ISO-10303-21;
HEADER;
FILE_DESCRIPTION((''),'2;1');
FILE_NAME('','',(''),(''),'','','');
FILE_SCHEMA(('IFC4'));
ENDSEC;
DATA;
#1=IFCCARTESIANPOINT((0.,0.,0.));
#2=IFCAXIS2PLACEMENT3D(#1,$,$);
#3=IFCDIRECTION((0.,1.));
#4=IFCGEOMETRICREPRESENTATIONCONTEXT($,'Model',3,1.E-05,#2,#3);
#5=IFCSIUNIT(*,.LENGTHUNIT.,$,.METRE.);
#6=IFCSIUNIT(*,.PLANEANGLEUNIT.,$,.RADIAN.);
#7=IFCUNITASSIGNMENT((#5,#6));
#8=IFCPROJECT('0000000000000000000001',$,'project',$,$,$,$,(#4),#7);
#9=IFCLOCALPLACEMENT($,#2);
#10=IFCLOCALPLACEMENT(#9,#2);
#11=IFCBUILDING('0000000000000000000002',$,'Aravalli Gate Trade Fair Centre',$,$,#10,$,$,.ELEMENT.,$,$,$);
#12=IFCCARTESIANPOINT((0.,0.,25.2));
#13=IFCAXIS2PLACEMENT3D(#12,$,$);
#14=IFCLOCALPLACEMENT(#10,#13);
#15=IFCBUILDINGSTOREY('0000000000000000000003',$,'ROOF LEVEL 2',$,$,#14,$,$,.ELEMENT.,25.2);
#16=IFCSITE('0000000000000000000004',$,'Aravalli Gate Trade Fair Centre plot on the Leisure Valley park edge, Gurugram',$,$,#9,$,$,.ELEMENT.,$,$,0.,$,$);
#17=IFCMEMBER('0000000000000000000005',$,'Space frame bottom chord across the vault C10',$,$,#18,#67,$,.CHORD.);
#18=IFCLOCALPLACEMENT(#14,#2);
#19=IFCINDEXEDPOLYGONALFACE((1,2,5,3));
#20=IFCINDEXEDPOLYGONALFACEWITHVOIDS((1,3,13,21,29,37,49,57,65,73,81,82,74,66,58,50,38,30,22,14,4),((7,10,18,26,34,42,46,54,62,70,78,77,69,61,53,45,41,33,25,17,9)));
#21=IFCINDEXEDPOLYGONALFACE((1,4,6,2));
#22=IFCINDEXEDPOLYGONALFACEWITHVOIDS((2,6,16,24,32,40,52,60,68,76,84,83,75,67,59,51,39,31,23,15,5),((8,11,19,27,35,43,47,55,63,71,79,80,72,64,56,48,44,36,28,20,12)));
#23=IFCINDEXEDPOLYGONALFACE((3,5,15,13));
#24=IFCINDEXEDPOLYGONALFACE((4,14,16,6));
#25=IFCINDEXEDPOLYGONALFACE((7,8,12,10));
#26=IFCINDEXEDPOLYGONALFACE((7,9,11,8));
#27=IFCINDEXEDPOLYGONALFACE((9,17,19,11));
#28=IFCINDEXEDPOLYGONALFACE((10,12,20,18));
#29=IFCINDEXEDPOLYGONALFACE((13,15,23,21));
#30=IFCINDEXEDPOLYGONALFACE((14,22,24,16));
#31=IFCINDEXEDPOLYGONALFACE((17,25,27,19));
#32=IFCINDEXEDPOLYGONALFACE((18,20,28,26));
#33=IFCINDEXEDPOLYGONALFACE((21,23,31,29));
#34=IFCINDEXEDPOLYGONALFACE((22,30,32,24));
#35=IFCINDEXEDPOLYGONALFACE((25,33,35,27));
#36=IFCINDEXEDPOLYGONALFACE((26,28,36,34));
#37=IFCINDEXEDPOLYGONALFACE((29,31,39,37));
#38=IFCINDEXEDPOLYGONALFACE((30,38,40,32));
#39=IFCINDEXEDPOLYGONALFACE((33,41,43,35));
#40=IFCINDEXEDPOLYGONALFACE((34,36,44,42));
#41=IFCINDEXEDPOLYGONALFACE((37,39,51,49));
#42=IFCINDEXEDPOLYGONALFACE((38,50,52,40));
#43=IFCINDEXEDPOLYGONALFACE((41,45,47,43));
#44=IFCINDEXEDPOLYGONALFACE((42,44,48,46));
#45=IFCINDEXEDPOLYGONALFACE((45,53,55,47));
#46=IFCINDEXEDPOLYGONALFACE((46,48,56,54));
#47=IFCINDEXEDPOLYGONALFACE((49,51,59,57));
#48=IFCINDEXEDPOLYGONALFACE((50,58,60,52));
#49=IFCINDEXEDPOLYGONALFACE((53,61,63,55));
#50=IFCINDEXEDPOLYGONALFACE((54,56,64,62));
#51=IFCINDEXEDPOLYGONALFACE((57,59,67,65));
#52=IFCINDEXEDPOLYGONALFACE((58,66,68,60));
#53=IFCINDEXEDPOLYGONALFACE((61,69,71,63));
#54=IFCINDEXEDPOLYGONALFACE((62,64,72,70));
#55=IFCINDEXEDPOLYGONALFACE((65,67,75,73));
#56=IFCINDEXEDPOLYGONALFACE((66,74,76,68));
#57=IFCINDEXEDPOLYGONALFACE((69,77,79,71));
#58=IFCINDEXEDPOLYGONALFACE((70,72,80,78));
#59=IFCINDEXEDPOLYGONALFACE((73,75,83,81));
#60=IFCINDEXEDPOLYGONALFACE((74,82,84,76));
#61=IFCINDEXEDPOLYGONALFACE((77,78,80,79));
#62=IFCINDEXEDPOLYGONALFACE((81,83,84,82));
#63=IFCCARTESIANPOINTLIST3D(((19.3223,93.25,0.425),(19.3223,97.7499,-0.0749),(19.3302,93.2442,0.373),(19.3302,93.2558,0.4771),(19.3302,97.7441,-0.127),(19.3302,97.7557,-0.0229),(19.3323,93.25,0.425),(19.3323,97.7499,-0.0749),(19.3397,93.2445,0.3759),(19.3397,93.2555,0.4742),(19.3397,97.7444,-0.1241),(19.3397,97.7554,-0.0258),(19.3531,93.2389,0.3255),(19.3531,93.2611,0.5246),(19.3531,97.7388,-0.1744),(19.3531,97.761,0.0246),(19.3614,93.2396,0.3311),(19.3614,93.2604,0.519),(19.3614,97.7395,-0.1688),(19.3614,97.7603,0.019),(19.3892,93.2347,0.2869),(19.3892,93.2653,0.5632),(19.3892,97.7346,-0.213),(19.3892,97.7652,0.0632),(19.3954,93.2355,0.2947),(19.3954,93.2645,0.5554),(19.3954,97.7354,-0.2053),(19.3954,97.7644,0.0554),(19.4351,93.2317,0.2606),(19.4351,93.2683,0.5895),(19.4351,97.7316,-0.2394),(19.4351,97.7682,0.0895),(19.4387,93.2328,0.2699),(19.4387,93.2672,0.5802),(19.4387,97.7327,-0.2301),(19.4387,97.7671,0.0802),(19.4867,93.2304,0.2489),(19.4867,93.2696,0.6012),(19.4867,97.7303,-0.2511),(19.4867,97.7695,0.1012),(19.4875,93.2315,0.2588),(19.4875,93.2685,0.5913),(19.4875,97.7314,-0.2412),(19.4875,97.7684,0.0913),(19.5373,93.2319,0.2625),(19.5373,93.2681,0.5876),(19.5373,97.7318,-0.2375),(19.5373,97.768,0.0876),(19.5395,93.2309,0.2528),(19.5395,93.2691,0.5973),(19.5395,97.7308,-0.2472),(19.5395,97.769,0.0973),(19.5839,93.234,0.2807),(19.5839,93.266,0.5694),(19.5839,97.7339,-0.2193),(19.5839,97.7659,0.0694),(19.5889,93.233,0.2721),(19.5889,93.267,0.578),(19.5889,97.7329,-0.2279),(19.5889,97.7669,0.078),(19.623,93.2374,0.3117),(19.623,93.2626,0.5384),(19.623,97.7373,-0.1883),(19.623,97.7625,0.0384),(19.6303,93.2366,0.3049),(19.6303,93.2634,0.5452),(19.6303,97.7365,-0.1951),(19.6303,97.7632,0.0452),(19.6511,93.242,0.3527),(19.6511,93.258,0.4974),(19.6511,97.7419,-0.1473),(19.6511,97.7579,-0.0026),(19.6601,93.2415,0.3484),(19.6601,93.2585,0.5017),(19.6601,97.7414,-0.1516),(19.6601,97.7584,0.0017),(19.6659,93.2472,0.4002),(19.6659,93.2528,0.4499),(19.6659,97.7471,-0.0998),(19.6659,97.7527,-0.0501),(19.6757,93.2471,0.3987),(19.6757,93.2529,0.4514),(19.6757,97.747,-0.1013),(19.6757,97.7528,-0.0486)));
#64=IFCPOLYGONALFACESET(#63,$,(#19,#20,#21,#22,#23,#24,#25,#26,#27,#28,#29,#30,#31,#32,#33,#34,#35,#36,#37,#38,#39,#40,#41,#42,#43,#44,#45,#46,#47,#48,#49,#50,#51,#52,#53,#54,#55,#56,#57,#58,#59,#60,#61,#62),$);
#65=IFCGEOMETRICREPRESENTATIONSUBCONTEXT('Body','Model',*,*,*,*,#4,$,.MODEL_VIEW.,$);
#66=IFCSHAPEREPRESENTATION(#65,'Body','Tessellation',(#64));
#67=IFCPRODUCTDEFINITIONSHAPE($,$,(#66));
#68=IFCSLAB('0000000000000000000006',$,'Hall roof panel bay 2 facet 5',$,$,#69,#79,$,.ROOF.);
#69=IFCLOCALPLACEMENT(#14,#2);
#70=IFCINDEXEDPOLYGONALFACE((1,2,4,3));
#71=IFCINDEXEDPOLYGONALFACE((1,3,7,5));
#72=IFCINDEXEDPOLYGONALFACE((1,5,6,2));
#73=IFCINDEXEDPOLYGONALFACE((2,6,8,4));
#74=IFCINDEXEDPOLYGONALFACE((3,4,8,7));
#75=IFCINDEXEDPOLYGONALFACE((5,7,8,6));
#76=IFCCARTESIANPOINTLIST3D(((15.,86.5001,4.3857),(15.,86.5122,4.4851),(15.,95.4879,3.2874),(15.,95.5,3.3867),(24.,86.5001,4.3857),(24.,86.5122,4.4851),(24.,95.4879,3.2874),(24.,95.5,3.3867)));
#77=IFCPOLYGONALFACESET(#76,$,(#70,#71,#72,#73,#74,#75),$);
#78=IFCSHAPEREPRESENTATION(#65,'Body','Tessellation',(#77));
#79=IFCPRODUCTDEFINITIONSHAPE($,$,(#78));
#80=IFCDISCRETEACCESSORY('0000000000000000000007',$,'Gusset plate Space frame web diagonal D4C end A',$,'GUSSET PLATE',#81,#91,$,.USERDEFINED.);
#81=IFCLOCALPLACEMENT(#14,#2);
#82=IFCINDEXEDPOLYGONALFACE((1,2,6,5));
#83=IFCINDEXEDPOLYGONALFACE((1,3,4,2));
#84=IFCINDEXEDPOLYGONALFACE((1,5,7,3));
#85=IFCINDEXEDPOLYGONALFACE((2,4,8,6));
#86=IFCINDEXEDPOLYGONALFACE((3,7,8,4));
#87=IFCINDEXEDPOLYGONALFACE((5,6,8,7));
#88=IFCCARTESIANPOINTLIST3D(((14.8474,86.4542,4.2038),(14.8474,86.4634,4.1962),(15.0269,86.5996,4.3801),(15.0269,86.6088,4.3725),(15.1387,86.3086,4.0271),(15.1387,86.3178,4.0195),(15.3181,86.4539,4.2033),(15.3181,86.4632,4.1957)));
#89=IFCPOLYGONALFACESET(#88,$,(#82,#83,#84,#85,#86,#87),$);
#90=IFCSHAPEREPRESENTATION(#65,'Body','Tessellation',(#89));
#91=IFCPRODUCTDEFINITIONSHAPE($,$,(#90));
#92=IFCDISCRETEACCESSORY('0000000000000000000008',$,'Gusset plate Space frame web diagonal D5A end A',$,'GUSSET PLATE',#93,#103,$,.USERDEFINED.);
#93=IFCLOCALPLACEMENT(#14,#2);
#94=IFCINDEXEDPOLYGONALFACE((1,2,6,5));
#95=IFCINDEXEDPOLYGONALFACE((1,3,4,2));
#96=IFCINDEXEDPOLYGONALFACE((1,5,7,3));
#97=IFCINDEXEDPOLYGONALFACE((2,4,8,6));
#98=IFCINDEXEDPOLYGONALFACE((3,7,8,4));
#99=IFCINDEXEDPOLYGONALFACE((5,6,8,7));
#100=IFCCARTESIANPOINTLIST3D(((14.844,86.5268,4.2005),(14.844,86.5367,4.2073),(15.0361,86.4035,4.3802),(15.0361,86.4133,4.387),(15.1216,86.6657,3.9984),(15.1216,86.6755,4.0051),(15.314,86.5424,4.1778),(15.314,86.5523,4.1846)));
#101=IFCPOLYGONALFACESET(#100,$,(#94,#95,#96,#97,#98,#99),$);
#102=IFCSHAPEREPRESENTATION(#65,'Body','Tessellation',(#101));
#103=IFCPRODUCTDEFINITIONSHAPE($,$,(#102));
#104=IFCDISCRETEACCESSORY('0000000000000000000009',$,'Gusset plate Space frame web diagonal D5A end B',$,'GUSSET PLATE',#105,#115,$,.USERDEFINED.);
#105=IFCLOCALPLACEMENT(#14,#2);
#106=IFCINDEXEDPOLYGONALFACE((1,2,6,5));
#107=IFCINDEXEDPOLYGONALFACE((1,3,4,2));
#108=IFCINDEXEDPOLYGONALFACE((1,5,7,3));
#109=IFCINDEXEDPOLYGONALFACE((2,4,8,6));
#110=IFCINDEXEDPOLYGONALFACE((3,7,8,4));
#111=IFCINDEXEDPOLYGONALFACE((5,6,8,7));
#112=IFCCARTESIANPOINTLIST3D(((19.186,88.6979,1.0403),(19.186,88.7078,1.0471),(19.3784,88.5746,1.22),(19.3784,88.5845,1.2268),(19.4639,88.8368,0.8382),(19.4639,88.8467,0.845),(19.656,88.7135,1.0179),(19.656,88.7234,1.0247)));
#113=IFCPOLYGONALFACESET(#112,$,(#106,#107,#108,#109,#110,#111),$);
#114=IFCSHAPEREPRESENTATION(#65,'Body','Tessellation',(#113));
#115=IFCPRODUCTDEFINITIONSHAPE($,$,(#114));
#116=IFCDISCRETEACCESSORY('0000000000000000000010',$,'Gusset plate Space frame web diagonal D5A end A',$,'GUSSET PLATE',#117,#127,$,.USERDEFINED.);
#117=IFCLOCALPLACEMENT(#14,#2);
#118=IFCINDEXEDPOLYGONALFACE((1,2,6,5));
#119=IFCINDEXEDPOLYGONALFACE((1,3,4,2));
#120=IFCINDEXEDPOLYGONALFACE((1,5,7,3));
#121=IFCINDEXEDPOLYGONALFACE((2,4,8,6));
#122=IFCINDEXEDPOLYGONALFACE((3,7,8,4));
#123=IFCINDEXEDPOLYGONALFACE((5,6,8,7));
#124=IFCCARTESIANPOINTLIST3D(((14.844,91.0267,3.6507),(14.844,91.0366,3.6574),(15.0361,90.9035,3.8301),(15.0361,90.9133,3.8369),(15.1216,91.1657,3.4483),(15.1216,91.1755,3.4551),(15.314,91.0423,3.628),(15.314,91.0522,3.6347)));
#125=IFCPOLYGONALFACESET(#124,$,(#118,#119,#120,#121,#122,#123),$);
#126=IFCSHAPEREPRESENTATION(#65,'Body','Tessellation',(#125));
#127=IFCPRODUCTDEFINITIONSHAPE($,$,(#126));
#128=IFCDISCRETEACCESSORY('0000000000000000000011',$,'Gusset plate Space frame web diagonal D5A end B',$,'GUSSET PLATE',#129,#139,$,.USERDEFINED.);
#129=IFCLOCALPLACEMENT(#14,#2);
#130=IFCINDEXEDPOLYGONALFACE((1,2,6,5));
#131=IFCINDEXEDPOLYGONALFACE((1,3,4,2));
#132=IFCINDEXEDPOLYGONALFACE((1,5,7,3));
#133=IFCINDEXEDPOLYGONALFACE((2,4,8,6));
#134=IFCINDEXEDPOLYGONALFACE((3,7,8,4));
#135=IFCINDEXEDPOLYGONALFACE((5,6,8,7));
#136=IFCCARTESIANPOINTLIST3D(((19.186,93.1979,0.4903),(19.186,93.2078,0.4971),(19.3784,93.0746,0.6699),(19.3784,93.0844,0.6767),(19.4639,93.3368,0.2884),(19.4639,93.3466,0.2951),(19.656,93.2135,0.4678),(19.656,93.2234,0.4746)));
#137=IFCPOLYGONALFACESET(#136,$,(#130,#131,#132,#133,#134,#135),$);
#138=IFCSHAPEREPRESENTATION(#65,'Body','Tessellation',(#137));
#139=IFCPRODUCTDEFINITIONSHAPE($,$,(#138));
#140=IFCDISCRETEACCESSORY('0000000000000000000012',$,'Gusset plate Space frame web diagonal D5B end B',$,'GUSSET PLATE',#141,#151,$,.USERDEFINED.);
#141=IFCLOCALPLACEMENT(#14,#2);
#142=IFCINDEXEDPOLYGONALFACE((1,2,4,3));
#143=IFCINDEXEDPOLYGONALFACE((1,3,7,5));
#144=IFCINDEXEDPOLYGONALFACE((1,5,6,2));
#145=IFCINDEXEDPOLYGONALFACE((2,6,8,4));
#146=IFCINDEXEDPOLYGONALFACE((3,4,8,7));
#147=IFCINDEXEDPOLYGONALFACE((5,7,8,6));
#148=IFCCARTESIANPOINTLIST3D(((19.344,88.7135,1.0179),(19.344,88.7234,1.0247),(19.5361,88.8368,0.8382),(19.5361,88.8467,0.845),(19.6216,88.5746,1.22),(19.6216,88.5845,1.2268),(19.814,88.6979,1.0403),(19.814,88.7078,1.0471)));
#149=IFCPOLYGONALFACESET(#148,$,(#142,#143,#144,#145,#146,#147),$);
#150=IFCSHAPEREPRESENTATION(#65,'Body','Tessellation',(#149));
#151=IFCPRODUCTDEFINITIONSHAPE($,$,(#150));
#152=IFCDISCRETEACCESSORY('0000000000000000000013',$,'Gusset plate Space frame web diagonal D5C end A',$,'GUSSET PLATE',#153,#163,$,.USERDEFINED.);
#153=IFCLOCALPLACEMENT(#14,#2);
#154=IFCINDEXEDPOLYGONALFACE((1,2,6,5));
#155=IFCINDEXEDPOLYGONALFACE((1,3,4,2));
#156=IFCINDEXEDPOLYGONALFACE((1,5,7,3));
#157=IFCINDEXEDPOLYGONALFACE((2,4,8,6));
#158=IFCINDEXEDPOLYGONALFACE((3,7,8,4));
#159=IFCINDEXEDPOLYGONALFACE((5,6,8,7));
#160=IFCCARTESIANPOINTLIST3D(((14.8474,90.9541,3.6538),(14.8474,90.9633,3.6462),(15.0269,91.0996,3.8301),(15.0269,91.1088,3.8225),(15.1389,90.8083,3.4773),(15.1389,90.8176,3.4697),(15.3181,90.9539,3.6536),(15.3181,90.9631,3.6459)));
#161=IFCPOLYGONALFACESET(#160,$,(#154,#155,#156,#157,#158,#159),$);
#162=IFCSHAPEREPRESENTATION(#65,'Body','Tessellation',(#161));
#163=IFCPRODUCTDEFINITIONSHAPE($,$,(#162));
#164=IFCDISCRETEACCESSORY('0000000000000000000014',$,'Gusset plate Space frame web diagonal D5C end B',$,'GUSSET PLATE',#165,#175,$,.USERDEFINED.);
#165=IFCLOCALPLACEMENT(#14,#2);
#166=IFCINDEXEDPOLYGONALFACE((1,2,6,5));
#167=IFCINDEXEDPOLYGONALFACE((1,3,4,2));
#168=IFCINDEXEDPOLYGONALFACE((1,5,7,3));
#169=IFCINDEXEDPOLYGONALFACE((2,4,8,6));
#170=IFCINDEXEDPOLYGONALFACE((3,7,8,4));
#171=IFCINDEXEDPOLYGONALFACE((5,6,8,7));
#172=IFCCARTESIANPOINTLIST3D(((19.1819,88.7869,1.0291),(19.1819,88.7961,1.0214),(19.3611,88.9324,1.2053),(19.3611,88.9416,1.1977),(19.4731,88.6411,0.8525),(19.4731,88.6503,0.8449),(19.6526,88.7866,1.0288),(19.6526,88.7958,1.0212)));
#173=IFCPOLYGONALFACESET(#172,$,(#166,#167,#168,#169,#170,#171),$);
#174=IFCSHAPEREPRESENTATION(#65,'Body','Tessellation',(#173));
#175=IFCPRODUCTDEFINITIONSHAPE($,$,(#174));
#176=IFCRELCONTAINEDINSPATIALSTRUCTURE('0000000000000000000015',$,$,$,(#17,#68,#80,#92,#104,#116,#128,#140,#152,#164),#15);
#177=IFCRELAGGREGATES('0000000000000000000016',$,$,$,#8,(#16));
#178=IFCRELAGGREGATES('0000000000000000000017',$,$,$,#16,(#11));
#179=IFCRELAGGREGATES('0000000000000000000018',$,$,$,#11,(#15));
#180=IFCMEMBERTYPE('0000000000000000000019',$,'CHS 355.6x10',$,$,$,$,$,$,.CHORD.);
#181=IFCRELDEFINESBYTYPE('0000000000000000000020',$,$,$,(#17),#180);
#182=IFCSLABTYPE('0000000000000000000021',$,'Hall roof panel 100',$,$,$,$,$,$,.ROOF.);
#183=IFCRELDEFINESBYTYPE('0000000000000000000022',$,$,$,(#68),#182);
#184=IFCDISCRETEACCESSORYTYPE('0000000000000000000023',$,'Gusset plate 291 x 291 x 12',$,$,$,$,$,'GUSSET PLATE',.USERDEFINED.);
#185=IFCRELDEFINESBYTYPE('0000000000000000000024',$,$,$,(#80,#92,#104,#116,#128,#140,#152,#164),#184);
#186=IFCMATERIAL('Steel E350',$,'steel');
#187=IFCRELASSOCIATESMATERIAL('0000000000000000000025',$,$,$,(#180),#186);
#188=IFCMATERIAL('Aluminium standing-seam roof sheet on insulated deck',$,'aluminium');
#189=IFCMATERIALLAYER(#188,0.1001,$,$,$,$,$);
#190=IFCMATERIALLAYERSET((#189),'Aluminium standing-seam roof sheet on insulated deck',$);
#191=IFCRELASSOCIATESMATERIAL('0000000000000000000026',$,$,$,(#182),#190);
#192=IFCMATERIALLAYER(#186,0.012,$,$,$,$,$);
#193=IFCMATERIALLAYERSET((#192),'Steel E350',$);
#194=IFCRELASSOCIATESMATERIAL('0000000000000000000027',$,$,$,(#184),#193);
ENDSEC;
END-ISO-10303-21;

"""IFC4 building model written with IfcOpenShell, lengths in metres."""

from ifc_helpers import new_model, si_unit, direction, frame, origin, origin_2d, place, context, subcontext, project, spatial, polyline, hollow_circle, outline, extrude, material, layer, layer_set, material_profile, profile_set, type_object, element, save


model = new_model("IFC4")

# Units and contexts
model_context = context("Model", 3, precision=1e-05, world=origin(), true_north=direction((0.0, 1.0)))
body_context = subcontext(model_context, "Body", "Model", "MODEL_VIEW")
ifc_project = project(units=[si_unit("LENGTHUNIT", "METRE"), si_unit("PLANEANGLEUNIT", "RADIAN")], contexts=[model_context])

# Site, building, storey
site_placement = place(None, origin())
site = spatial("IfcSite", under=ifc_project, at=site_placement, Name="Aravalli Gate Trade Fair Centre plot on the Leisure Valley park edge, Gurugram", CompositionType="ELEMENT", RefElevation=0.0)
building_placement = place(site_placement, origin())
building = spatial("IfcBuilding", under=site, at=building_placement, Name="Aravalli Gate Trade Fair Centre", CompositionType="ELEMENT")
storey_placement = place(building_placement, frame((0.0, 0.0, 25.2)))
storey = spatial("IfcBuildingStorey", under=building, at=storey_placement, Name="ROOF LEVEL 2", CompositionType="ELEMENT", Elevation=25.2)

# Member
ifc_material_1 = material(Name="Steel E350", Category="steel")
ifc_material_profile_1 = material_profile(ifc_material_1, hollow_circle(Radius=0.1777, WallThickness=0.01, at=origin_2d()), Name="CHS 355.6x10")
ifc_profile_set_1 = profile_set([ifc_material_profile_1], Name="Steel E350")
member_type_1 = type_object("IfcMemberType", Name="CHS 355.6x10", PredefinedType="CHORD", material=ifc_profile_set_1)
member_1_placement = place(storey_placement, frame((19.5, 93.25, 0.425), z_axis=(0.0, 0.993884, -0.110432), x_axis=(-1.0, 0.0, 0.0)))
element("IfcMember", 1, at=member_1_placement, inside=storey, type_object=member_type_1, Name="Space frame bottom chord across the vault C10", PredefinedType="CHORD", context=body_context, shape_type="SweptSolid", body=[
    extrude(hollow_circle(Radius=0.1777, WallThickness=0.01, at=origin_2d()), origin(), (0.0, 0.0, 1.0), 4.5276),
])

# Slab
ifc_material_2 = material(Name="Aluminium standing-seam roof sheet on insulated deck", Category="aluminium")
ifc_layer_1 = layer(ifc_material_2, 0.1001)
ifc_layer_set_1 = layer_set([ifc_layer_1], Name="Aluminium standing-seam roof sheet on insulated deck")
slab_type = type_object("IfcSlabType", Name="Hall roof panel 100", PredefinedType="ROOF", material=ifc_layer_set_1)
slab_placement = place(storey_placement, frame((15.0, 86.5122, 4.4851), z_axis=(0.0, 0.121306, 0.992615), x_axis=(1.0, 0.0, 0.0)))
element("IfcSlab", 2, at=slab_placement, inside=storey, type_object=slab_type, Name="Hall roof panel bay 2 facet 5", PredefinedType="ROOF", context=body_context, shape_type="SweptSolid", body=[
    extrude(outline(polyline([(0.0, 0.0), (9.0, 0.0), (9.0, 9.0547), (0.0, 9.0547), (0.0, 0.0)])), origin(), (0.0, 0.0, -1.0), 0.1001),
])

# Discrete accessories
ifc_layer_2 = layer(ifc_material_1, 0.012)
ifc_layer_set_2 = layer_set([ifc_layer_2], Name="Steel E350")
discrete_accessory_type = type_object("IfcDiscreteAccessoryType", Name="Gusset plate 291 x 291 x 12", ElementType="GUSSET PLATE", PredefinedType="USERDEFINED", material=ifc_layer_set_2)
discrete_accessory_1_placement = place(storey_placement, frame((15.1387, 86.3086, 4.0271), z_axis=(0.00026, -0.771582, 0.63613), x_axis=(-0.78619, 0.392962, 0.476956)))
element("IfcDiscreteAccessory", 3, at=discrete_accessory_1_placement, inside=storey, type_object=discrete_accessory_type, Name="Gusset plate Space frame web diagonal D4C end A", ObjectType="GUSSET PLATE", PredefinedType="USERDEFINED", context=body_context, shape_type="SweptSolid", body=[
    extrude(outline(polyline([(0.0, 0.0), (0.3705, 0.0), (0.3706, -0.2906), (0.0001, -0.2905), (0.0, 0.0)])), origin(), (0.0, 0.0, -1.0), 0.012),
])
discrete_accessory_2_placement = place(storey_placement, frame((15.1216, 86.6755, 4.0051), z_axis=(-0.000059, 0.824356, 0.566072), x_axis=(-0.749371, -0.374861, 0.545822)))
element("IfcDiscreteAccessory", 4, at=discrete_accessory_2_placement, inside=storey, type_object=discrete_accessory_type, Name="Gusset plate Space frame web diagonal D5A end A", ObjectType="GUSSET PLATE", PredefinedType="USERDEFINED", context=body_context, shape_type="SweptSolid", body=[
    extrude(outline(polyline([(0.0, 0.0), (0.3704, 0.0), (0.3707, 0.2905), (0.0, 0.2905), (0.0, 0.0)])), origin(), (0.0, 0.0, -1.0), 0.012),
])
discrete_accessory_3_placement = place(storey_placement, frame((19.186, 88.7078, 1.0471), z_axis=(-0.000356, 0.824387, 0.566027), x_axis=(0.74966, 0.37483, -0.545447)))
element("IfcDiscreteAccessory", 5, at=discrete_accessory_3_placement, inside=storey, type_object=discrete_accessory_type, Name="Gusset plate Space frame web diagonal D5A end B", ObjectType="GUSSET PLATE", PredefinedType="USERDEFINED", context=body_context, shape_type="SweptSolid", body=[
    extrude(outline(polyline([(0.0, 0.0), (0.3706, 0.0), (0.3704, -0.2905), (0.0, -0.2907), (0.0, 0.0)])), origin(), (0.0, 0.0, -1.0), 0.012),
])
discrete_accessory_4_placement = place(storey_placement, frame((15.1216, 91.1755, 3.4551), z_axis=(-0.000059, 0.824356, 0.566072), x_axis=(-0.749102, -0.375034, 0.546073)))
element("IfcDiscreteAccessory", 6, at=discrete_accessory_4_placement, inside=storey, type_object=discrete_accessory_type, Name="Gusset plate Space frame web diagonal D5A end A", ObjectType="GUSSET PLATE", PredefinedType="USERDEFINED", context=body_context, shape_type="SweptSolid", body=[
    extrude(outline(polyline([(0.0, 0.0), (0.3706, 0.0), (0.3709, 0.2904), (0.0002, 0.2907), (0.0, 0.0)])), origin(), (0.0, 0.0, -1.0), 0.012),
])
discrete_accessory_5_placement = place(storey_placement, frame((19.186, 93.2078, 0.4971), z_axis=(-0.000339, 0.824216, 0.566276), x_axis=(0.749929, 0.374811, -0.545089)))
element("IfcDiscreteAccessory", 7, at=discrete_accessory_5_placement, inside=storey, type_object=discrete_accessory_type, Name="Gusset plate Space frame web diagonal D5A end B", ObjectType="GUSSET PLATE", PredefinedType="USERDEFINED", context=body_context, shape_type="SweptSolid", body=[
    extrude(outline(polyline([(0.0, 0.0), (0.3705, 0.0), (0.3705, -0.2904), (0.0001, -0.2907), (0.0, 0.0)])), origin(), (0.0, 0.0, -1.0), 0.012),
])
discrete_accessory_6_placement = place(storey_placement, frame((19.6216, 88.5845, 1.2268), z_axis=(0.000356, 0.824387, 0.566027), x_axis=(-0.749371, 0.375015, -0.545716)))
element("IfcDiscreteAccessory", 8, at=discrete_accessory_6_placement, inside=storey, type_object=discrete_accessory_type, Name="Gusset plate Space frame web diagonal D5B end B", ObjectType="GUSSET PLATE", PredefinedType="USERDEFINED", context=body_context, shape_type="SweptSolid", body=[
    extrude(outline(polyline([(0.0, 0.0), (0.3704, 0.0), (0.3707, -0.2905), (0.0001, -0.2907), (0.0, 0.0)])), origin(), (0.0, 0.0, -1.0), 0.012),
])
discrete_accessory_7_placement = place(storey_placement, frame((15.1389, 90.8083, 3.4773), z_axis=(-0.00007, -0.771155, 0.636648), x_axis=(-0.786484, 0.393242, 0.476238)))
element("IfcDiscreteAccessory", 9, at=discrete_accessory_7_placement, inside=storey, type_object=discrete_accessory_type, Name="Gusset plate Space frame web diagonal D5C end A", ObjectType="GUSSET PLATE", PredefinedType="USERDEFINED", context=body_context, shape_type="SweptSolid", body=[
    extrude(outline(polyline([(0.0, 0.0), (0.3706, 0.0), (0.3707, -0.2906), (0.0002, -0.2904), (0.0, 0.0)])), origin(), (0.0, 0.0, -1.0), 0.012),
])
discrete_accessory_8_placement = place(storey_placement, frame((19.1819, 88.7869, 1.0291), z_axis=(-0.00007, -0.771155, 0.636648), x_axis=(0.786233, -0.393446, -0.476485)))
element("IfcDiscreteAccessory", 10, at=discrete_accessory_8_placement, inside=storey, type_object=discrete_accessory_type, Name="Gusset plate Space frame web diagonal D5C end B", ObjectType="GUSSET PLATE", PredefinedType="USERDEFINED", context=body_context, shape_type="SweptSolid", body=[
    extrude(outline(polyline([(0.0, 0.0), (0.3704, 0.0), (0.3703, 0.2906), (-0.0003, 0.2904), (0.0, 0.0)])), origin(), (0.0, 0.0, -1.0), 0.012),
])

save(model, "model.ifc")
